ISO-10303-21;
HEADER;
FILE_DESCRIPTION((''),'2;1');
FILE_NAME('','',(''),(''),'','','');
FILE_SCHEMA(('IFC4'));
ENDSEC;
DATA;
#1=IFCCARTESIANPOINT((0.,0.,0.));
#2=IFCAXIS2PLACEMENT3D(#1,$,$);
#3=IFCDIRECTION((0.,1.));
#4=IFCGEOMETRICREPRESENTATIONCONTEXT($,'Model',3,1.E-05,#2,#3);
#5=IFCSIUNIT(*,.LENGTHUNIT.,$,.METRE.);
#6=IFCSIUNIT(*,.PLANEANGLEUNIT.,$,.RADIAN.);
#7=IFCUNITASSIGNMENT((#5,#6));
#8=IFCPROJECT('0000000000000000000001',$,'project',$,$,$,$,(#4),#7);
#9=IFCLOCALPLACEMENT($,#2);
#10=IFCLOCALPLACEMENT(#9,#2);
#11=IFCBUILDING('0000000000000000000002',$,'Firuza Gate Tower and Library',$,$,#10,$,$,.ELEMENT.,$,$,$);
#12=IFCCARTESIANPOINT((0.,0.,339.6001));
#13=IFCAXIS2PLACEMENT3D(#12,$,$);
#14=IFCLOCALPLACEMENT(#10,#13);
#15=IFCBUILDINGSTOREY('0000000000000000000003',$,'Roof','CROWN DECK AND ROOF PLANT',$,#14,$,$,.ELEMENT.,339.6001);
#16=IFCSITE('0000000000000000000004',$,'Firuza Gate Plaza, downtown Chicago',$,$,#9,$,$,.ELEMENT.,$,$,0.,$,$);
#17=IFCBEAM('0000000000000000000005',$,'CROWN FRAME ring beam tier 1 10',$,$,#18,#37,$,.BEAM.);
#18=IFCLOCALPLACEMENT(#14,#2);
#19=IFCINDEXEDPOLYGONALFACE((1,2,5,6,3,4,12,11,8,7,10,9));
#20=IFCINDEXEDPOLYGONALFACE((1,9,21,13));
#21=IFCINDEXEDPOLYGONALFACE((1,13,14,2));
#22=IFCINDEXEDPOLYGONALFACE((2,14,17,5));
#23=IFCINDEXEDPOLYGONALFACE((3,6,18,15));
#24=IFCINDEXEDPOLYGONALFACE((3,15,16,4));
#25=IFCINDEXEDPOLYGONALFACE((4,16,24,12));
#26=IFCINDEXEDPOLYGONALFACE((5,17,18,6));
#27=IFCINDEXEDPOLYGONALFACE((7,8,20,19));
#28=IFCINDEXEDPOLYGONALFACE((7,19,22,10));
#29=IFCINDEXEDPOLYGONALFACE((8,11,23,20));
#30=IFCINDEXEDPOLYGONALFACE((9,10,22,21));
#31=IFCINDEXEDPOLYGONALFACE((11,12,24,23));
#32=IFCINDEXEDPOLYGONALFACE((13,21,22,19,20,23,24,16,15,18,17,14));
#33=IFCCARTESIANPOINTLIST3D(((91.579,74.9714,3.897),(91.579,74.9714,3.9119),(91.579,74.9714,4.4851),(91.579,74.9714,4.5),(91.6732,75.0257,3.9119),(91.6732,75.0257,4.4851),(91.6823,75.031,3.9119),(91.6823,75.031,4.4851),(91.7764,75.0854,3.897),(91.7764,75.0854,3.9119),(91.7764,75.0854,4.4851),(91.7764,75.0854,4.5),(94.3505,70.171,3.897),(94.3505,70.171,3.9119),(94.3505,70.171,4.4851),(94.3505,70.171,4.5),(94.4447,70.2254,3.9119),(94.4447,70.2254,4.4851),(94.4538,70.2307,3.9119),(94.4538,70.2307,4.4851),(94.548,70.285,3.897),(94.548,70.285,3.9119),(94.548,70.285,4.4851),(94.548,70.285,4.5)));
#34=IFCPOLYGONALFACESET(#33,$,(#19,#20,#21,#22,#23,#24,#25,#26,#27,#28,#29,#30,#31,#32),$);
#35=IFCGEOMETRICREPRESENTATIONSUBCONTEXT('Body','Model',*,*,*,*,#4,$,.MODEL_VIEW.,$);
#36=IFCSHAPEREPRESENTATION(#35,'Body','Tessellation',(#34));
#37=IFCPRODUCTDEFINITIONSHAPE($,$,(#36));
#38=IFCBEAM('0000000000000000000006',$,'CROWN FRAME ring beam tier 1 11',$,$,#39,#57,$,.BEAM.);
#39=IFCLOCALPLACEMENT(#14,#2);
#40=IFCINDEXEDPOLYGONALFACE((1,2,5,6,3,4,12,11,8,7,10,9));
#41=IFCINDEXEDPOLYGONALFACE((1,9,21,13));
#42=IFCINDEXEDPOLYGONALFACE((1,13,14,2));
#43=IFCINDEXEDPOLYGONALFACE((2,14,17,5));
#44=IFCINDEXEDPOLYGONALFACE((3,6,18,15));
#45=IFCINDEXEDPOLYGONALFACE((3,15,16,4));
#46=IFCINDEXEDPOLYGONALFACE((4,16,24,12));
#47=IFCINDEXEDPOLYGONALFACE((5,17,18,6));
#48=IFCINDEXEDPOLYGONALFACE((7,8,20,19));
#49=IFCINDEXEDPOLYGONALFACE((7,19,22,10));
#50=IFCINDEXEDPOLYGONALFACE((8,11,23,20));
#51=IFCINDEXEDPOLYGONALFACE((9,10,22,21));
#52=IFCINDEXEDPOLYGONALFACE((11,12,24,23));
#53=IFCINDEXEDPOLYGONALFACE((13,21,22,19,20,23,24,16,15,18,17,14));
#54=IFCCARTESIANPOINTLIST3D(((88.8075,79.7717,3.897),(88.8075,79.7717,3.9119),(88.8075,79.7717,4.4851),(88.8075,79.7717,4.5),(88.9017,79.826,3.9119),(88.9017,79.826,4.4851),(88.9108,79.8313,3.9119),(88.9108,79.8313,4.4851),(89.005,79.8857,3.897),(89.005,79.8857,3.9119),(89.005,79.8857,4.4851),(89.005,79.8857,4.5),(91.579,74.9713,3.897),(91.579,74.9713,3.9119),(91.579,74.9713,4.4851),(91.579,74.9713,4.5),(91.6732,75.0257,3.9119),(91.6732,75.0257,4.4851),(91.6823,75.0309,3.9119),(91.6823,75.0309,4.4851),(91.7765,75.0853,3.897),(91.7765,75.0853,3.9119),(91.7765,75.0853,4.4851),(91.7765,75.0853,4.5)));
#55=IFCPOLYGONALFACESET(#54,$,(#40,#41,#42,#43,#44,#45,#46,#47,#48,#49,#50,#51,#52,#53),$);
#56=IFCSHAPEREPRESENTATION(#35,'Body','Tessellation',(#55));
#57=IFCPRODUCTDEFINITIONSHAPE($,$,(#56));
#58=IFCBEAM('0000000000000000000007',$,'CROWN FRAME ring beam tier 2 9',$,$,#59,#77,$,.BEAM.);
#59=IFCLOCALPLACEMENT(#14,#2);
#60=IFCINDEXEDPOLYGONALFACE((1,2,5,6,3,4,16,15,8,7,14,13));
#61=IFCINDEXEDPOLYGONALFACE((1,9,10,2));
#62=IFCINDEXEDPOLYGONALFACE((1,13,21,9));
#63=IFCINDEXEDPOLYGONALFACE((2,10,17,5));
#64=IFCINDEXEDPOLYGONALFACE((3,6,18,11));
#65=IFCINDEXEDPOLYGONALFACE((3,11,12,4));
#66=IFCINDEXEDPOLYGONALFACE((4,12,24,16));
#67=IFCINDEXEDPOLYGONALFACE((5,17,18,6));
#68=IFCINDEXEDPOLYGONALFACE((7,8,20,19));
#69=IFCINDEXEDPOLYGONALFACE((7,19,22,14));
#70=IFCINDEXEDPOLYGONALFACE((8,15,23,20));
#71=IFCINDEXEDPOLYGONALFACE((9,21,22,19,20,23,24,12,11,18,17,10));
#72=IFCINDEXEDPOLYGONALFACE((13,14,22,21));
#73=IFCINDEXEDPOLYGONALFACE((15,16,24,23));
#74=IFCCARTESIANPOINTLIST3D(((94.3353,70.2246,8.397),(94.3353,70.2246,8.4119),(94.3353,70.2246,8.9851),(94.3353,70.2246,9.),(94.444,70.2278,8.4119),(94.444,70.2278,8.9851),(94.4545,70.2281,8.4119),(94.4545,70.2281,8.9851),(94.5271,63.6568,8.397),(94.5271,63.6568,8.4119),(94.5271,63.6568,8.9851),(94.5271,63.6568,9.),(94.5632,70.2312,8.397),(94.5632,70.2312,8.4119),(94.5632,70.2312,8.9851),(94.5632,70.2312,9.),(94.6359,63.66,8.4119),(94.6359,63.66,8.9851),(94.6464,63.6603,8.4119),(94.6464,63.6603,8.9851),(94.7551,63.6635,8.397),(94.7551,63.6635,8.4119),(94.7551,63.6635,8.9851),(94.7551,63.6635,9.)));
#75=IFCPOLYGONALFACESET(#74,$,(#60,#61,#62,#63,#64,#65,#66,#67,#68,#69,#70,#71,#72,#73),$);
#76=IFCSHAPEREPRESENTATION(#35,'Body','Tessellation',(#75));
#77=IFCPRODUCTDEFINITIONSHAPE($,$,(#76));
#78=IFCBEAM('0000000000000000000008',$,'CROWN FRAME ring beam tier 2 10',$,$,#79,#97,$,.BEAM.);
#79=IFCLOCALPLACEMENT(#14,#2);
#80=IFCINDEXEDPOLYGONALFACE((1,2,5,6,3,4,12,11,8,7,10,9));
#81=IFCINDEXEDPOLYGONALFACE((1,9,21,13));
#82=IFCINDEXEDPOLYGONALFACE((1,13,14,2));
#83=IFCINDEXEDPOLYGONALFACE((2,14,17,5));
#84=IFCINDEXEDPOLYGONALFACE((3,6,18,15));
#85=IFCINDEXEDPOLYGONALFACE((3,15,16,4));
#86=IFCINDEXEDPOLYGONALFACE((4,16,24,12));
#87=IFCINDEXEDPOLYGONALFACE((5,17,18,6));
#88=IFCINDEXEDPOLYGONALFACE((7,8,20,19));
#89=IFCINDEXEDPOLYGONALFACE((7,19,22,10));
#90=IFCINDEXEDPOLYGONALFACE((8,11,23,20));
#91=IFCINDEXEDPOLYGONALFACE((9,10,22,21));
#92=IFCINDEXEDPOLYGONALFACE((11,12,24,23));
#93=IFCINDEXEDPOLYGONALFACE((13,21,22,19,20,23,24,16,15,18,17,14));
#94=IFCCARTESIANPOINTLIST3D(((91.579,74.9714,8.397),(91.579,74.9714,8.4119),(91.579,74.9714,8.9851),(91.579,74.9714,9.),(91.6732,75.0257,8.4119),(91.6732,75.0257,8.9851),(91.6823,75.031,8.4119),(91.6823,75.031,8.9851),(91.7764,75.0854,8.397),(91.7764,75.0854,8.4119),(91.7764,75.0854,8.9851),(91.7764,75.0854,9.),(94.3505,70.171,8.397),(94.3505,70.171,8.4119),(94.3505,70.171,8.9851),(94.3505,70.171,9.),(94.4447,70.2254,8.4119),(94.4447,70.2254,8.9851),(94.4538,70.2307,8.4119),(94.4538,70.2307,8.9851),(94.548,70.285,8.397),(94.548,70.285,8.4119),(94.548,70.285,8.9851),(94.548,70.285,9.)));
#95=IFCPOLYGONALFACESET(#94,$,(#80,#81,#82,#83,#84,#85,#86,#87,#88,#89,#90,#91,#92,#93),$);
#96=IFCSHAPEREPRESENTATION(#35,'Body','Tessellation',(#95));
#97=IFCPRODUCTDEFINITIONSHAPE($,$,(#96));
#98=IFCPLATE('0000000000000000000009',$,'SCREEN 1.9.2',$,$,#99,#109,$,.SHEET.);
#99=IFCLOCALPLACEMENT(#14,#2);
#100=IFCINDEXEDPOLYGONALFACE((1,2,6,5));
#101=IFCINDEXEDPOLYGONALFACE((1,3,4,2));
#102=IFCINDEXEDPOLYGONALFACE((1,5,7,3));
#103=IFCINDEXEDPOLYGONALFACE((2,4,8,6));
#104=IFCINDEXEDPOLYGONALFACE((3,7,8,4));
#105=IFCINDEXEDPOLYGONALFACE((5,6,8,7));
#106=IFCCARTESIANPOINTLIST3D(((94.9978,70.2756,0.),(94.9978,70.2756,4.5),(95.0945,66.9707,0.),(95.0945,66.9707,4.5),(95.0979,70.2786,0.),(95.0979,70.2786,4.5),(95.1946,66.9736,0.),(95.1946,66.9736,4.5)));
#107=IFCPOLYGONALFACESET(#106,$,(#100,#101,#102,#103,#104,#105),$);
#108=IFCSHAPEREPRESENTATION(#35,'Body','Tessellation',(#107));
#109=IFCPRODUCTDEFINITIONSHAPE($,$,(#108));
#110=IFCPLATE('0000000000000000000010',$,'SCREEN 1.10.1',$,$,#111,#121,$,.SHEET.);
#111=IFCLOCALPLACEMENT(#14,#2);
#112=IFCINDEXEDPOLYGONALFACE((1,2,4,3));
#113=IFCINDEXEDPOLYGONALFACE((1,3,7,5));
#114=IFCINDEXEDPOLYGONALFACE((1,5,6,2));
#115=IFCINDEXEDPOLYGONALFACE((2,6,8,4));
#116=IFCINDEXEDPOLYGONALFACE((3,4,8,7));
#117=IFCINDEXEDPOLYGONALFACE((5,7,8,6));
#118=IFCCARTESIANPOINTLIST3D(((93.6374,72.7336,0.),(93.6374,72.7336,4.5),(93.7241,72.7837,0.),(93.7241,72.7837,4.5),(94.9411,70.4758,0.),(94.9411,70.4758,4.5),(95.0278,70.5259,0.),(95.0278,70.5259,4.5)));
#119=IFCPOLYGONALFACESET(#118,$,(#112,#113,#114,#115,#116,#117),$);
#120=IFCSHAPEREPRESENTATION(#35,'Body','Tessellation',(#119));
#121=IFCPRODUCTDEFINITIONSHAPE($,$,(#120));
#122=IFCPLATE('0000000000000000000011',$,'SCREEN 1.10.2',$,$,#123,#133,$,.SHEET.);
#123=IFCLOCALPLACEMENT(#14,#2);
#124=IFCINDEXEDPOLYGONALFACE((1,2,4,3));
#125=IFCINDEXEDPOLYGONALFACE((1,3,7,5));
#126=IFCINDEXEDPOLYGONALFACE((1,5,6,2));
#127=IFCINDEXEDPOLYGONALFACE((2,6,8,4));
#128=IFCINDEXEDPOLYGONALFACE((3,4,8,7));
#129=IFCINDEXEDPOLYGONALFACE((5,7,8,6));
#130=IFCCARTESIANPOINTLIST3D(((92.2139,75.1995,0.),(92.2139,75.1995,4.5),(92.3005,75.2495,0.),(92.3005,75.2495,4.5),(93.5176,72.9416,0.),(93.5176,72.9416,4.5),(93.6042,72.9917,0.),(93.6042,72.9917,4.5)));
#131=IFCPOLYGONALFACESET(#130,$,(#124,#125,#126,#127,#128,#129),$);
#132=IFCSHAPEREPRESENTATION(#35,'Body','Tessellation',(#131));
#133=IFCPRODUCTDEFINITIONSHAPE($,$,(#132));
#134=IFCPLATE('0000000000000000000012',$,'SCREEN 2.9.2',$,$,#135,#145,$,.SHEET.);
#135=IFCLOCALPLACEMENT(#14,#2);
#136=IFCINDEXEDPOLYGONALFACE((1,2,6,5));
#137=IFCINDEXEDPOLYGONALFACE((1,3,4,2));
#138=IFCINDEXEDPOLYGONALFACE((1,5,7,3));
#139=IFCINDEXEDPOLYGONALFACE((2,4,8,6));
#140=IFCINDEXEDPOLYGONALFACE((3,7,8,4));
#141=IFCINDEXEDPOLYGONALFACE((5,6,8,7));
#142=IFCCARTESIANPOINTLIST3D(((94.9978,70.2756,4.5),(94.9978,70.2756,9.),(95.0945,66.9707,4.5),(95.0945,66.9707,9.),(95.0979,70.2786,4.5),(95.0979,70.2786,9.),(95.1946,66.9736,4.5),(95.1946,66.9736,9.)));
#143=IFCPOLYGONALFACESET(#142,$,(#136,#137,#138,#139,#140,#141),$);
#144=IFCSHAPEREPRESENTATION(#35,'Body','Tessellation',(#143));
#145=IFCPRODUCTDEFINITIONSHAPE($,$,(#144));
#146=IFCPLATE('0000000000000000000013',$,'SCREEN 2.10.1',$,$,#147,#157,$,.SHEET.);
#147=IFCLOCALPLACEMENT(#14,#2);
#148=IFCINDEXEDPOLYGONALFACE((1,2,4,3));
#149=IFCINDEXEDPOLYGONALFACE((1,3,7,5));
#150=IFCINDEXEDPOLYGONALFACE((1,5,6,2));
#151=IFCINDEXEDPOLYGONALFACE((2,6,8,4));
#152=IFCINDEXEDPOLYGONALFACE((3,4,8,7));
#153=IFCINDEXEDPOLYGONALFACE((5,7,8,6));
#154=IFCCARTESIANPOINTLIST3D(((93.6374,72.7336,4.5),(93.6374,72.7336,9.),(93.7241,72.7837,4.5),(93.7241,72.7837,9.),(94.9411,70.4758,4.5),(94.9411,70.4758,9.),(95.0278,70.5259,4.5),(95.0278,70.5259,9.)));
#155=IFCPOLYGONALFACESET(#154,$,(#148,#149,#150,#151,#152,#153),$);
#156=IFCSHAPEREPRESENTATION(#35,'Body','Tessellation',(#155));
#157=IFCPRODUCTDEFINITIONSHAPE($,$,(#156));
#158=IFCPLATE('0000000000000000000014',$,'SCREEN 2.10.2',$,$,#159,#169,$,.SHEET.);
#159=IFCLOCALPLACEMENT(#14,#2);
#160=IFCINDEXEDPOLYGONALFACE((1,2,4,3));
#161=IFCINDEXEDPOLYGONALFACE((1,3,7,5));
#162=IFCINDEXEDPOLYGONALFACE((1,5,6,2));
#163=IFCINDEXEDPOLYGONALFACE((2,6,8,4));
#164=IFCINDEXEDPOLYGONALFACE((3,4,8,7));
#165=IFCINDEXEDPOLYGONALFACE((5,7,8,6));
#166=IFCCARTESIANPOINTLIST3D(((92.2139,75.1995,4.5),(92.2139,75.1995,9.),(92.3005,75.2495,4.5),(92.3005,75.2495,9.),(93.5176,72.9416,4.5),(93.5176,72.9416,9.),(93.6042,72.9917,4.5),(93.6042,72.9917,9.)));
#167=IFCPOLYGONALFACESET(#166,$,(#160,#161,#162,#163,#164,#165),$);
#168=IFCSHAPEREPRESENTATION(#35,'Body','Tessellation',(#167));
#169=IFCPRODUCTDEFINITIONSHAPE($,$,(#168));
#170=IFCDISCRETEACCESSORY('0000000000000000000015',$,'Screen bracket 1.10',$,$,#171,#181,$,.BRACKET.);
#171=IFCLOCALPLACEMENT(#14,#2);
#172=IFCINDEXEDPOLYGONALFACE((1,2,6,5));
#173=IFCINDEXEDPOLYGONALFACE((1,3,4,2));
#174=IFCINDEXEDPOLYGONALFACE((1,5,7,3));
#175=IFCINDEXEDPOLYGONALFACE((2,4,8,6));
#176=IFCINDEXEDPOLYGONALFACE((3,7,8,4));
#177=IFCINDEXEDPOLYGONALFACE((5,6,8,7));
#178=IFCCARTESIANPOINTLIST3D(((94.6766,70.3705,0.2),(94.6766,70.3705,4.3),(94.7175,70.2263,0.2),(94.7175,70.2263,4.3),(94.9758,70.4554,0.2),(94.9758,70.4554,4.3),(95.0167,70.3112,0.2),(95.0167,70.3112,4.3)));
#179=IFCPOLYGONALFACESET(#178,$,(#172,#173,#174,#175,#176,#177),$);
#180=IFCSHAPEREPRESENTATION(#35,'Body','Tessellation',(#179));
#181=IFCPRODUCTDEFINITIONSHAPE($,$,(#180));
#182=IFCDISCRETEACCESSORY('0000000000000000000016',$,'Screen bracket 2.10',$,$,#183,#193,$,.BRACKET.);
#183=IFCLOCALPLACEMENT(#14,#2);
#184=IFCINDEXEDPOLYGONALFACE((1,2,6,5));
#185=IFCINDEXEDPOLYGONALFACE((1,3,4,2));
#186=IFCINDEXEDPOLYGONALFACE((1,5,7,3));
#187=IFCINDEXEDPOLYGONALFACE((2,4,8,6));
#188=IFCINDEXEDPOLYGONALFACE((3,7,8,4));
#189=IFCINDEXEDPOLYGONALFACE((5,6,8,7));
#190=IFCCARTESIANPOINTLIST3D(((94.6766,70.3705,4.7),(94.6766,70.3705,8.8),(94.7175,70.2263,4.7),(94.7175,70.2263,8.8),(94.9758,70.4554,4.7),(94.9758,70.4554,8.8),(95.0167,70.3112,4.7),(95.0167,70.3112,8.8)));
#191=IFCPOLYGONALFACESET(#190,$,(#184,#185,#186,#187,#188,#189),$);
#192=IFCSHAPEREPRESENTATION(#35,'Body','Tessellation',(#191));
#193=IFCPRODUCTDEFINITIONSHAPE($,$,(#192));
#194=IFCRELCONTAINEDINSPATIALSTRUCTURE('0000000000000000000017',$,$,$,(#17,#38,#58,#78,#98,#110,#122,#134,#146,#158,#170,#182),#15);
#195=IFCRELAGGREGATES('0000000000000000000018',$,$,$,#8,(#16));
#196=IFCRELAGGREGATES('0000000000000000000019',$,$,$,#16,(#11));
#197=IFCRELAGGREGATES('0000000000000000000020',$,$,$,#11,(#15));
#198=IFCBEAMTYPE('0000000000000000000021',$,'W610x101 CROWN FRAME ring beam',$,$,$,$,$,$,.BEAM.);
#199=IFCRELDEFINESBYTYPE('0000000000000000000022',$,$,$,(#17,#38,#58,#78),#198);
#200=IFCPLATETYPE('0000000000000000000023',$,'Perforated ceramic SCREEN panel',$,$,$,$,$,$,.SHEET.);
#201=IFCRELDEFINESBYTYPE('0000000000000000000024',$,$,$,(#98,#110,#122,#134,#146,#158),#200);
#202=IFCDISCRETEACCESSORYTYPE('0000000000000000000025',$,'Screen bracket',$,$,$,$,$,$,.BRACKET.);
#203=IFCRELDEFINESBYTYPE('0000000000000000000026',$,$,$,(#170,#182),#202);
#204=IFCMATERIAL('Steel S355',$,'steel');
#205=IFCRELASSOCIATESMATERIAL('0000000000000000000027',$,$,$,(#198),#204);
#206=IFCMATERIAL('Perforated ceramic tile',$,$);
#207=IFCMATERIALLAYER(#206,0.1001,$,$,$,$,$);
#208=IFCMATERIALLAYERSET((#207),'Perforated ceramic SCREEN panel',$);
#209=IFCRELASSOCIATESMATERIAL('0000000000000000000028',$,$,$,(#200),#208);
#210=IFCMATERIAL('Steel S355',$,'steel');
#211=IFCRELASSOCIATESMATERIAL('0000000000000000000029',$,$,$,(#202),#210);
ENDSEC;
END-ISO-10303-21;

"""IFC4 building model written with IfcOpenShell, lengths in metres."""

from ifc_helpers import new_model, si_unit, direction, frame, origin, origin_2d, place, context, subcontext, project, spatial, polyline, rectangle, i_section, outline, extrude, material, layer, layer_set, material_profile, profile_set, type_object, element, save


model = new_model("IFC4")

# Units and contexts
model_context = context("Model", 3, precision=1e-05, world=origin(), true_north=direction((0.0, 1.0)))
body_context = subcontext(model_context, "Body", "Model", "MODEL_VIEW")
ifc_project = project(units=[si_unit("LENGTHUNIT", "METRE"), si_unit("PLANEANGLEUNIT", "RADIAN")], contexts=[model_context])

# Site, building, storey
site_placement = place(None, origin())
site = spatial("IfcSite", under=ifc_project, at=site_placement, Name="Firuza Gate Plaza, downtown Chicago", CompositionType="ELEMENT", RefElevation=0.0)
building_placement = place(site_placement, origin())
building = spatial("IfcBuilding", under=site, at=building_placement, Name="Firuza Gate Tower and Library", CompositionType="ELEMENT")
storey_placement = place(building_placement, frame((0.0, 0.0, 339.6001)))
storey = spatial("IfcBuildingStorey", under=building, at=storey_placement, Name="Roof", Description="CROWN DECK AND ROOF PLANT", CompositionType="ELEMENT", Elevation=339.6001)

# Beams
ifc_material_1 = material(Name="Steel S355", Category="steel")
ifc_material_profile_1 = material_profile(ifc_material_1, i_section(OverallWidth=0.228, OverallDepth=0.603, WebThickness=0.0105, FlangeThickness=0.0149, at=origin_2d()))
ifc_profile_set_1 = profile_set([ifc_material_profile_1], Name="Steel S355")
beam_type = type_object("IfcBeamType", Name="W610x101 CROWN FRAME ring beam", PredefinedType="BEAM", material=ifc_profile_set_1)
for number, where, z_axis, x_axis, name in (
    (1, (94.4492, 70.228, 4.1985), (-0.500005, 0.866023, 0.0), (-0.866023, -0.500005, 0.0), "CROWN FRAME ring beam tier 1 10"),
    (2, (91.6777, 75.0283, 4.1985), (-0.500005, 0.866023, 0.0), (-0.866023, -0.500005, 0.0), "CROWN FRAME ring beam tier 1 11"),
):
    element("IfcBeam", number, at=place(storey_placement, frame(where, z_axis=z_axis, x_axis=x_axis)), inside=storey, type_object=beam_type, Name=name, PredefinedType="BEAM", context=body_context, shape_type="SweptSolid", body=[
        extrude(i_section(OverallWidth=0.228, OverallDepth=0.603, WebThickness=0.0105, FlangeThickness=0.0149, at=origin_2d()), origin(), (0.0, 0.0, 1.0), 5.543),
    ])
beam_1_placement = place(storey_placement, frame((94.6411, 63.6602, 8.6985), z_axis=(-0.029205, 0.999573, 0.0), x_axis=(-0.999573, -0.029205, 0.0)))
element("IfcBeam", 3, at=beam_1_placement, inside=storey, type_object=beam_type, Name="CROWN FRAME ring beam tier 2 9", PredefinedType="BEAM", context=body_context, shape_type="SweptSolid", body=[
    extrude(i_section(OverallWidth=0.228, OverallDepth=0.603, WebThickness=0.0105, FlangeThickness=0.0149, at=origin_2d()), origin(), (0.0, 0.0, 1.0), 6.5706),
])
beam_2_placement = place(storey_placement, frame((94.4492, 70.228, 8.6985), z_axis=(-0.500005, 0.866023, 0.0), x_axis=(-0.866023, -0.500005, 0.0)))
element("IfcBeam", 4, at=beam_2_placement, inside=storey, type_object=beam_type, Name="CROWN FRAME ring beam tier 2 10", PredefinedType="BEAM", context=body_context, shape_type="SweptSolid", body=[
    extrude(i_section(OverallWidth=0.228, OverallDepth=0.603, WebThickness=0.0105, FlangeThickness=0.0149, at=origin_2d()), origin(), (0.0, 0.0, 1.0), 5.543),
])

# Plates
ifc_material_2 = material(Name="Perforated ceramic tile")
ifc_layer = layer(ifc_material_2, 0.1001)
ifc_layer_set = layer_set([ifc_layer], Name="Perforated ceramic SCREEN panel")
plate_type = type_object("IfcPlateType", Name="Perforated ceramic SCREEN panel", PredefinedType="SHEET", material=ifc_layer_set)
plate_1_placement = place(storey_placement, frame((95.1946, 66.9736, 0.0), z_axis=(0.999572, 0.029241, 0.0), x_axis=(-0.029241, 0.999572, 0.0)))
element("IfcPlate", 5, at=plate_1_placement, inside=storey, type_object=plate_type, Name="SCREEN 1.9.2", PredefinedType="SHEET", context=body_context, shape_type="SweptSolid", body=[
    extrude(outline(polyline([(0.0, 0.0), (3.3063, 0.0), (3.3063, 4.5), (0.0, 4.5), (0.0, 0.0)])), origin(), (0.0, 0.0, -1.0), 0.1001),
])
for number, where, z_axis, x_axis, name in (
    (6, (95.0278, 70.5259, 0.0), (0.865998, 0.500047, 0.0), (-0.500047, 0.865998, 0.0), "SCREEN 1.10.1"),
    (7, (93.6042, 72.9917, 0.0), (0.865998, 0.500047, 0.0), (-0.500047, 0.865998, 0.0), "SCREEN 1.10.2"),
):
    element("IfcPlate", number, at=place(storey_placement, frame(where, z_axis=z_axis, x_axis=x_axis)), inside=storey, type_object=plate_type, Name=name, PredefinedType="SHEET", context=body_context, shape_type="SweptSolid", body=[
        extrude(outline(polyline([(0.0, 0.0), (2.6072, 0.0), (2.6072, 4.5), (0.0, 4.5), (0.0, 0.0)])), origin(), (0.0, 0.0, -1.0), 0.1001),
    ])
plate_2_placement = place(storey_placement, frame((95.1946, 66.9736, 4.5), z_axis=(0.999572, 0.029241, 0.0), x_axis=(-0.029241, 0.999572, 0.0)))
element("IfcPlate", 8, at=plate_2_placement, inside=storey, type_object=plate_type, Name="SCREEN 2.9.2", PredefinedType="SHEET", context=body_context, shape_type="SweptSolid", body=[
    extrude(outline(polyline([(0.0, 0.0), (3.3063, 0.0), (3.3063, 4.5), (0.0, 4.5), (0.0, 0.0)])), origin(), (0.0, 0.0, -1.0), 0.1001),
])
for number, where, z_axis, x_axis, name in (
    (9, (95.0278, 70.5259, 4.5), (0.865998, 0.500047, 0.0), (-0.500047, 0.865998, 0.0), "SCREEN 2.10.1"),
    (10, (93.6042, 72.9917, 4.5), (0.865998, 0.500047, 0.0), (-0.500047, 0.865998, 0.0), "SCREEN 2.10.2"),
):
    element("IfcPlate", number, at=place(storey_placement, frame(where, z_axis=z_axis, x_axis=x_axis)), inside=storey, type_object=plate_type, Name=name, PredefinedType="SHEET", context=body_context, shape_type="SweptSolid", body=[
        extrude(outline(polyline([(0.0, 0.0), (2.6072, 0.0), (2.6072, 4.5), (0.0, 4.5), (0.0, 0.0)])), origin(), (0.0, 0.0, -1.0), 0.1001),
    ])

# Discrete accessories
ifc_material_3 = material(Name="Steel S355", Category="steel")
discrete_accessory_type = type_object("IfcDiscreteAccessoryType", Name="Screen bracket", PredefinedType="BRACKET", material=ifc_material_3)
for number, where, z_axis, x_axis, name in (
    (11, (94.8467, 70.3408, 0.2), (0.0, 0.0, 1.0), (0.962041, 0.272906, 0.0), "Screen bracket 1.10"),
    (12, (94.8467, 70.3408, 4.7), (0.0, 0.0, 1.0), (0.962041, 0.272906, 0.0), "Screen bracket 2.10"),
):
    element("IfcDiscreteAccessory", number, at=place(storey_placement, frame(where, z_axis=z_axis, x_axis=x_axis)), inside=storey, type_object=discrete_accessory_type, Name=name, PredefinedType="BRACKET", context=body_context, shape_type="SweptSolid", body=[
        extrude(rectangle(XDim=0.311, YDim=0.1499, at=origin_2d()), origin(), (0.0, 0.0, 1.0), 4.1001),
    ])

save(model, "model.ifc")
